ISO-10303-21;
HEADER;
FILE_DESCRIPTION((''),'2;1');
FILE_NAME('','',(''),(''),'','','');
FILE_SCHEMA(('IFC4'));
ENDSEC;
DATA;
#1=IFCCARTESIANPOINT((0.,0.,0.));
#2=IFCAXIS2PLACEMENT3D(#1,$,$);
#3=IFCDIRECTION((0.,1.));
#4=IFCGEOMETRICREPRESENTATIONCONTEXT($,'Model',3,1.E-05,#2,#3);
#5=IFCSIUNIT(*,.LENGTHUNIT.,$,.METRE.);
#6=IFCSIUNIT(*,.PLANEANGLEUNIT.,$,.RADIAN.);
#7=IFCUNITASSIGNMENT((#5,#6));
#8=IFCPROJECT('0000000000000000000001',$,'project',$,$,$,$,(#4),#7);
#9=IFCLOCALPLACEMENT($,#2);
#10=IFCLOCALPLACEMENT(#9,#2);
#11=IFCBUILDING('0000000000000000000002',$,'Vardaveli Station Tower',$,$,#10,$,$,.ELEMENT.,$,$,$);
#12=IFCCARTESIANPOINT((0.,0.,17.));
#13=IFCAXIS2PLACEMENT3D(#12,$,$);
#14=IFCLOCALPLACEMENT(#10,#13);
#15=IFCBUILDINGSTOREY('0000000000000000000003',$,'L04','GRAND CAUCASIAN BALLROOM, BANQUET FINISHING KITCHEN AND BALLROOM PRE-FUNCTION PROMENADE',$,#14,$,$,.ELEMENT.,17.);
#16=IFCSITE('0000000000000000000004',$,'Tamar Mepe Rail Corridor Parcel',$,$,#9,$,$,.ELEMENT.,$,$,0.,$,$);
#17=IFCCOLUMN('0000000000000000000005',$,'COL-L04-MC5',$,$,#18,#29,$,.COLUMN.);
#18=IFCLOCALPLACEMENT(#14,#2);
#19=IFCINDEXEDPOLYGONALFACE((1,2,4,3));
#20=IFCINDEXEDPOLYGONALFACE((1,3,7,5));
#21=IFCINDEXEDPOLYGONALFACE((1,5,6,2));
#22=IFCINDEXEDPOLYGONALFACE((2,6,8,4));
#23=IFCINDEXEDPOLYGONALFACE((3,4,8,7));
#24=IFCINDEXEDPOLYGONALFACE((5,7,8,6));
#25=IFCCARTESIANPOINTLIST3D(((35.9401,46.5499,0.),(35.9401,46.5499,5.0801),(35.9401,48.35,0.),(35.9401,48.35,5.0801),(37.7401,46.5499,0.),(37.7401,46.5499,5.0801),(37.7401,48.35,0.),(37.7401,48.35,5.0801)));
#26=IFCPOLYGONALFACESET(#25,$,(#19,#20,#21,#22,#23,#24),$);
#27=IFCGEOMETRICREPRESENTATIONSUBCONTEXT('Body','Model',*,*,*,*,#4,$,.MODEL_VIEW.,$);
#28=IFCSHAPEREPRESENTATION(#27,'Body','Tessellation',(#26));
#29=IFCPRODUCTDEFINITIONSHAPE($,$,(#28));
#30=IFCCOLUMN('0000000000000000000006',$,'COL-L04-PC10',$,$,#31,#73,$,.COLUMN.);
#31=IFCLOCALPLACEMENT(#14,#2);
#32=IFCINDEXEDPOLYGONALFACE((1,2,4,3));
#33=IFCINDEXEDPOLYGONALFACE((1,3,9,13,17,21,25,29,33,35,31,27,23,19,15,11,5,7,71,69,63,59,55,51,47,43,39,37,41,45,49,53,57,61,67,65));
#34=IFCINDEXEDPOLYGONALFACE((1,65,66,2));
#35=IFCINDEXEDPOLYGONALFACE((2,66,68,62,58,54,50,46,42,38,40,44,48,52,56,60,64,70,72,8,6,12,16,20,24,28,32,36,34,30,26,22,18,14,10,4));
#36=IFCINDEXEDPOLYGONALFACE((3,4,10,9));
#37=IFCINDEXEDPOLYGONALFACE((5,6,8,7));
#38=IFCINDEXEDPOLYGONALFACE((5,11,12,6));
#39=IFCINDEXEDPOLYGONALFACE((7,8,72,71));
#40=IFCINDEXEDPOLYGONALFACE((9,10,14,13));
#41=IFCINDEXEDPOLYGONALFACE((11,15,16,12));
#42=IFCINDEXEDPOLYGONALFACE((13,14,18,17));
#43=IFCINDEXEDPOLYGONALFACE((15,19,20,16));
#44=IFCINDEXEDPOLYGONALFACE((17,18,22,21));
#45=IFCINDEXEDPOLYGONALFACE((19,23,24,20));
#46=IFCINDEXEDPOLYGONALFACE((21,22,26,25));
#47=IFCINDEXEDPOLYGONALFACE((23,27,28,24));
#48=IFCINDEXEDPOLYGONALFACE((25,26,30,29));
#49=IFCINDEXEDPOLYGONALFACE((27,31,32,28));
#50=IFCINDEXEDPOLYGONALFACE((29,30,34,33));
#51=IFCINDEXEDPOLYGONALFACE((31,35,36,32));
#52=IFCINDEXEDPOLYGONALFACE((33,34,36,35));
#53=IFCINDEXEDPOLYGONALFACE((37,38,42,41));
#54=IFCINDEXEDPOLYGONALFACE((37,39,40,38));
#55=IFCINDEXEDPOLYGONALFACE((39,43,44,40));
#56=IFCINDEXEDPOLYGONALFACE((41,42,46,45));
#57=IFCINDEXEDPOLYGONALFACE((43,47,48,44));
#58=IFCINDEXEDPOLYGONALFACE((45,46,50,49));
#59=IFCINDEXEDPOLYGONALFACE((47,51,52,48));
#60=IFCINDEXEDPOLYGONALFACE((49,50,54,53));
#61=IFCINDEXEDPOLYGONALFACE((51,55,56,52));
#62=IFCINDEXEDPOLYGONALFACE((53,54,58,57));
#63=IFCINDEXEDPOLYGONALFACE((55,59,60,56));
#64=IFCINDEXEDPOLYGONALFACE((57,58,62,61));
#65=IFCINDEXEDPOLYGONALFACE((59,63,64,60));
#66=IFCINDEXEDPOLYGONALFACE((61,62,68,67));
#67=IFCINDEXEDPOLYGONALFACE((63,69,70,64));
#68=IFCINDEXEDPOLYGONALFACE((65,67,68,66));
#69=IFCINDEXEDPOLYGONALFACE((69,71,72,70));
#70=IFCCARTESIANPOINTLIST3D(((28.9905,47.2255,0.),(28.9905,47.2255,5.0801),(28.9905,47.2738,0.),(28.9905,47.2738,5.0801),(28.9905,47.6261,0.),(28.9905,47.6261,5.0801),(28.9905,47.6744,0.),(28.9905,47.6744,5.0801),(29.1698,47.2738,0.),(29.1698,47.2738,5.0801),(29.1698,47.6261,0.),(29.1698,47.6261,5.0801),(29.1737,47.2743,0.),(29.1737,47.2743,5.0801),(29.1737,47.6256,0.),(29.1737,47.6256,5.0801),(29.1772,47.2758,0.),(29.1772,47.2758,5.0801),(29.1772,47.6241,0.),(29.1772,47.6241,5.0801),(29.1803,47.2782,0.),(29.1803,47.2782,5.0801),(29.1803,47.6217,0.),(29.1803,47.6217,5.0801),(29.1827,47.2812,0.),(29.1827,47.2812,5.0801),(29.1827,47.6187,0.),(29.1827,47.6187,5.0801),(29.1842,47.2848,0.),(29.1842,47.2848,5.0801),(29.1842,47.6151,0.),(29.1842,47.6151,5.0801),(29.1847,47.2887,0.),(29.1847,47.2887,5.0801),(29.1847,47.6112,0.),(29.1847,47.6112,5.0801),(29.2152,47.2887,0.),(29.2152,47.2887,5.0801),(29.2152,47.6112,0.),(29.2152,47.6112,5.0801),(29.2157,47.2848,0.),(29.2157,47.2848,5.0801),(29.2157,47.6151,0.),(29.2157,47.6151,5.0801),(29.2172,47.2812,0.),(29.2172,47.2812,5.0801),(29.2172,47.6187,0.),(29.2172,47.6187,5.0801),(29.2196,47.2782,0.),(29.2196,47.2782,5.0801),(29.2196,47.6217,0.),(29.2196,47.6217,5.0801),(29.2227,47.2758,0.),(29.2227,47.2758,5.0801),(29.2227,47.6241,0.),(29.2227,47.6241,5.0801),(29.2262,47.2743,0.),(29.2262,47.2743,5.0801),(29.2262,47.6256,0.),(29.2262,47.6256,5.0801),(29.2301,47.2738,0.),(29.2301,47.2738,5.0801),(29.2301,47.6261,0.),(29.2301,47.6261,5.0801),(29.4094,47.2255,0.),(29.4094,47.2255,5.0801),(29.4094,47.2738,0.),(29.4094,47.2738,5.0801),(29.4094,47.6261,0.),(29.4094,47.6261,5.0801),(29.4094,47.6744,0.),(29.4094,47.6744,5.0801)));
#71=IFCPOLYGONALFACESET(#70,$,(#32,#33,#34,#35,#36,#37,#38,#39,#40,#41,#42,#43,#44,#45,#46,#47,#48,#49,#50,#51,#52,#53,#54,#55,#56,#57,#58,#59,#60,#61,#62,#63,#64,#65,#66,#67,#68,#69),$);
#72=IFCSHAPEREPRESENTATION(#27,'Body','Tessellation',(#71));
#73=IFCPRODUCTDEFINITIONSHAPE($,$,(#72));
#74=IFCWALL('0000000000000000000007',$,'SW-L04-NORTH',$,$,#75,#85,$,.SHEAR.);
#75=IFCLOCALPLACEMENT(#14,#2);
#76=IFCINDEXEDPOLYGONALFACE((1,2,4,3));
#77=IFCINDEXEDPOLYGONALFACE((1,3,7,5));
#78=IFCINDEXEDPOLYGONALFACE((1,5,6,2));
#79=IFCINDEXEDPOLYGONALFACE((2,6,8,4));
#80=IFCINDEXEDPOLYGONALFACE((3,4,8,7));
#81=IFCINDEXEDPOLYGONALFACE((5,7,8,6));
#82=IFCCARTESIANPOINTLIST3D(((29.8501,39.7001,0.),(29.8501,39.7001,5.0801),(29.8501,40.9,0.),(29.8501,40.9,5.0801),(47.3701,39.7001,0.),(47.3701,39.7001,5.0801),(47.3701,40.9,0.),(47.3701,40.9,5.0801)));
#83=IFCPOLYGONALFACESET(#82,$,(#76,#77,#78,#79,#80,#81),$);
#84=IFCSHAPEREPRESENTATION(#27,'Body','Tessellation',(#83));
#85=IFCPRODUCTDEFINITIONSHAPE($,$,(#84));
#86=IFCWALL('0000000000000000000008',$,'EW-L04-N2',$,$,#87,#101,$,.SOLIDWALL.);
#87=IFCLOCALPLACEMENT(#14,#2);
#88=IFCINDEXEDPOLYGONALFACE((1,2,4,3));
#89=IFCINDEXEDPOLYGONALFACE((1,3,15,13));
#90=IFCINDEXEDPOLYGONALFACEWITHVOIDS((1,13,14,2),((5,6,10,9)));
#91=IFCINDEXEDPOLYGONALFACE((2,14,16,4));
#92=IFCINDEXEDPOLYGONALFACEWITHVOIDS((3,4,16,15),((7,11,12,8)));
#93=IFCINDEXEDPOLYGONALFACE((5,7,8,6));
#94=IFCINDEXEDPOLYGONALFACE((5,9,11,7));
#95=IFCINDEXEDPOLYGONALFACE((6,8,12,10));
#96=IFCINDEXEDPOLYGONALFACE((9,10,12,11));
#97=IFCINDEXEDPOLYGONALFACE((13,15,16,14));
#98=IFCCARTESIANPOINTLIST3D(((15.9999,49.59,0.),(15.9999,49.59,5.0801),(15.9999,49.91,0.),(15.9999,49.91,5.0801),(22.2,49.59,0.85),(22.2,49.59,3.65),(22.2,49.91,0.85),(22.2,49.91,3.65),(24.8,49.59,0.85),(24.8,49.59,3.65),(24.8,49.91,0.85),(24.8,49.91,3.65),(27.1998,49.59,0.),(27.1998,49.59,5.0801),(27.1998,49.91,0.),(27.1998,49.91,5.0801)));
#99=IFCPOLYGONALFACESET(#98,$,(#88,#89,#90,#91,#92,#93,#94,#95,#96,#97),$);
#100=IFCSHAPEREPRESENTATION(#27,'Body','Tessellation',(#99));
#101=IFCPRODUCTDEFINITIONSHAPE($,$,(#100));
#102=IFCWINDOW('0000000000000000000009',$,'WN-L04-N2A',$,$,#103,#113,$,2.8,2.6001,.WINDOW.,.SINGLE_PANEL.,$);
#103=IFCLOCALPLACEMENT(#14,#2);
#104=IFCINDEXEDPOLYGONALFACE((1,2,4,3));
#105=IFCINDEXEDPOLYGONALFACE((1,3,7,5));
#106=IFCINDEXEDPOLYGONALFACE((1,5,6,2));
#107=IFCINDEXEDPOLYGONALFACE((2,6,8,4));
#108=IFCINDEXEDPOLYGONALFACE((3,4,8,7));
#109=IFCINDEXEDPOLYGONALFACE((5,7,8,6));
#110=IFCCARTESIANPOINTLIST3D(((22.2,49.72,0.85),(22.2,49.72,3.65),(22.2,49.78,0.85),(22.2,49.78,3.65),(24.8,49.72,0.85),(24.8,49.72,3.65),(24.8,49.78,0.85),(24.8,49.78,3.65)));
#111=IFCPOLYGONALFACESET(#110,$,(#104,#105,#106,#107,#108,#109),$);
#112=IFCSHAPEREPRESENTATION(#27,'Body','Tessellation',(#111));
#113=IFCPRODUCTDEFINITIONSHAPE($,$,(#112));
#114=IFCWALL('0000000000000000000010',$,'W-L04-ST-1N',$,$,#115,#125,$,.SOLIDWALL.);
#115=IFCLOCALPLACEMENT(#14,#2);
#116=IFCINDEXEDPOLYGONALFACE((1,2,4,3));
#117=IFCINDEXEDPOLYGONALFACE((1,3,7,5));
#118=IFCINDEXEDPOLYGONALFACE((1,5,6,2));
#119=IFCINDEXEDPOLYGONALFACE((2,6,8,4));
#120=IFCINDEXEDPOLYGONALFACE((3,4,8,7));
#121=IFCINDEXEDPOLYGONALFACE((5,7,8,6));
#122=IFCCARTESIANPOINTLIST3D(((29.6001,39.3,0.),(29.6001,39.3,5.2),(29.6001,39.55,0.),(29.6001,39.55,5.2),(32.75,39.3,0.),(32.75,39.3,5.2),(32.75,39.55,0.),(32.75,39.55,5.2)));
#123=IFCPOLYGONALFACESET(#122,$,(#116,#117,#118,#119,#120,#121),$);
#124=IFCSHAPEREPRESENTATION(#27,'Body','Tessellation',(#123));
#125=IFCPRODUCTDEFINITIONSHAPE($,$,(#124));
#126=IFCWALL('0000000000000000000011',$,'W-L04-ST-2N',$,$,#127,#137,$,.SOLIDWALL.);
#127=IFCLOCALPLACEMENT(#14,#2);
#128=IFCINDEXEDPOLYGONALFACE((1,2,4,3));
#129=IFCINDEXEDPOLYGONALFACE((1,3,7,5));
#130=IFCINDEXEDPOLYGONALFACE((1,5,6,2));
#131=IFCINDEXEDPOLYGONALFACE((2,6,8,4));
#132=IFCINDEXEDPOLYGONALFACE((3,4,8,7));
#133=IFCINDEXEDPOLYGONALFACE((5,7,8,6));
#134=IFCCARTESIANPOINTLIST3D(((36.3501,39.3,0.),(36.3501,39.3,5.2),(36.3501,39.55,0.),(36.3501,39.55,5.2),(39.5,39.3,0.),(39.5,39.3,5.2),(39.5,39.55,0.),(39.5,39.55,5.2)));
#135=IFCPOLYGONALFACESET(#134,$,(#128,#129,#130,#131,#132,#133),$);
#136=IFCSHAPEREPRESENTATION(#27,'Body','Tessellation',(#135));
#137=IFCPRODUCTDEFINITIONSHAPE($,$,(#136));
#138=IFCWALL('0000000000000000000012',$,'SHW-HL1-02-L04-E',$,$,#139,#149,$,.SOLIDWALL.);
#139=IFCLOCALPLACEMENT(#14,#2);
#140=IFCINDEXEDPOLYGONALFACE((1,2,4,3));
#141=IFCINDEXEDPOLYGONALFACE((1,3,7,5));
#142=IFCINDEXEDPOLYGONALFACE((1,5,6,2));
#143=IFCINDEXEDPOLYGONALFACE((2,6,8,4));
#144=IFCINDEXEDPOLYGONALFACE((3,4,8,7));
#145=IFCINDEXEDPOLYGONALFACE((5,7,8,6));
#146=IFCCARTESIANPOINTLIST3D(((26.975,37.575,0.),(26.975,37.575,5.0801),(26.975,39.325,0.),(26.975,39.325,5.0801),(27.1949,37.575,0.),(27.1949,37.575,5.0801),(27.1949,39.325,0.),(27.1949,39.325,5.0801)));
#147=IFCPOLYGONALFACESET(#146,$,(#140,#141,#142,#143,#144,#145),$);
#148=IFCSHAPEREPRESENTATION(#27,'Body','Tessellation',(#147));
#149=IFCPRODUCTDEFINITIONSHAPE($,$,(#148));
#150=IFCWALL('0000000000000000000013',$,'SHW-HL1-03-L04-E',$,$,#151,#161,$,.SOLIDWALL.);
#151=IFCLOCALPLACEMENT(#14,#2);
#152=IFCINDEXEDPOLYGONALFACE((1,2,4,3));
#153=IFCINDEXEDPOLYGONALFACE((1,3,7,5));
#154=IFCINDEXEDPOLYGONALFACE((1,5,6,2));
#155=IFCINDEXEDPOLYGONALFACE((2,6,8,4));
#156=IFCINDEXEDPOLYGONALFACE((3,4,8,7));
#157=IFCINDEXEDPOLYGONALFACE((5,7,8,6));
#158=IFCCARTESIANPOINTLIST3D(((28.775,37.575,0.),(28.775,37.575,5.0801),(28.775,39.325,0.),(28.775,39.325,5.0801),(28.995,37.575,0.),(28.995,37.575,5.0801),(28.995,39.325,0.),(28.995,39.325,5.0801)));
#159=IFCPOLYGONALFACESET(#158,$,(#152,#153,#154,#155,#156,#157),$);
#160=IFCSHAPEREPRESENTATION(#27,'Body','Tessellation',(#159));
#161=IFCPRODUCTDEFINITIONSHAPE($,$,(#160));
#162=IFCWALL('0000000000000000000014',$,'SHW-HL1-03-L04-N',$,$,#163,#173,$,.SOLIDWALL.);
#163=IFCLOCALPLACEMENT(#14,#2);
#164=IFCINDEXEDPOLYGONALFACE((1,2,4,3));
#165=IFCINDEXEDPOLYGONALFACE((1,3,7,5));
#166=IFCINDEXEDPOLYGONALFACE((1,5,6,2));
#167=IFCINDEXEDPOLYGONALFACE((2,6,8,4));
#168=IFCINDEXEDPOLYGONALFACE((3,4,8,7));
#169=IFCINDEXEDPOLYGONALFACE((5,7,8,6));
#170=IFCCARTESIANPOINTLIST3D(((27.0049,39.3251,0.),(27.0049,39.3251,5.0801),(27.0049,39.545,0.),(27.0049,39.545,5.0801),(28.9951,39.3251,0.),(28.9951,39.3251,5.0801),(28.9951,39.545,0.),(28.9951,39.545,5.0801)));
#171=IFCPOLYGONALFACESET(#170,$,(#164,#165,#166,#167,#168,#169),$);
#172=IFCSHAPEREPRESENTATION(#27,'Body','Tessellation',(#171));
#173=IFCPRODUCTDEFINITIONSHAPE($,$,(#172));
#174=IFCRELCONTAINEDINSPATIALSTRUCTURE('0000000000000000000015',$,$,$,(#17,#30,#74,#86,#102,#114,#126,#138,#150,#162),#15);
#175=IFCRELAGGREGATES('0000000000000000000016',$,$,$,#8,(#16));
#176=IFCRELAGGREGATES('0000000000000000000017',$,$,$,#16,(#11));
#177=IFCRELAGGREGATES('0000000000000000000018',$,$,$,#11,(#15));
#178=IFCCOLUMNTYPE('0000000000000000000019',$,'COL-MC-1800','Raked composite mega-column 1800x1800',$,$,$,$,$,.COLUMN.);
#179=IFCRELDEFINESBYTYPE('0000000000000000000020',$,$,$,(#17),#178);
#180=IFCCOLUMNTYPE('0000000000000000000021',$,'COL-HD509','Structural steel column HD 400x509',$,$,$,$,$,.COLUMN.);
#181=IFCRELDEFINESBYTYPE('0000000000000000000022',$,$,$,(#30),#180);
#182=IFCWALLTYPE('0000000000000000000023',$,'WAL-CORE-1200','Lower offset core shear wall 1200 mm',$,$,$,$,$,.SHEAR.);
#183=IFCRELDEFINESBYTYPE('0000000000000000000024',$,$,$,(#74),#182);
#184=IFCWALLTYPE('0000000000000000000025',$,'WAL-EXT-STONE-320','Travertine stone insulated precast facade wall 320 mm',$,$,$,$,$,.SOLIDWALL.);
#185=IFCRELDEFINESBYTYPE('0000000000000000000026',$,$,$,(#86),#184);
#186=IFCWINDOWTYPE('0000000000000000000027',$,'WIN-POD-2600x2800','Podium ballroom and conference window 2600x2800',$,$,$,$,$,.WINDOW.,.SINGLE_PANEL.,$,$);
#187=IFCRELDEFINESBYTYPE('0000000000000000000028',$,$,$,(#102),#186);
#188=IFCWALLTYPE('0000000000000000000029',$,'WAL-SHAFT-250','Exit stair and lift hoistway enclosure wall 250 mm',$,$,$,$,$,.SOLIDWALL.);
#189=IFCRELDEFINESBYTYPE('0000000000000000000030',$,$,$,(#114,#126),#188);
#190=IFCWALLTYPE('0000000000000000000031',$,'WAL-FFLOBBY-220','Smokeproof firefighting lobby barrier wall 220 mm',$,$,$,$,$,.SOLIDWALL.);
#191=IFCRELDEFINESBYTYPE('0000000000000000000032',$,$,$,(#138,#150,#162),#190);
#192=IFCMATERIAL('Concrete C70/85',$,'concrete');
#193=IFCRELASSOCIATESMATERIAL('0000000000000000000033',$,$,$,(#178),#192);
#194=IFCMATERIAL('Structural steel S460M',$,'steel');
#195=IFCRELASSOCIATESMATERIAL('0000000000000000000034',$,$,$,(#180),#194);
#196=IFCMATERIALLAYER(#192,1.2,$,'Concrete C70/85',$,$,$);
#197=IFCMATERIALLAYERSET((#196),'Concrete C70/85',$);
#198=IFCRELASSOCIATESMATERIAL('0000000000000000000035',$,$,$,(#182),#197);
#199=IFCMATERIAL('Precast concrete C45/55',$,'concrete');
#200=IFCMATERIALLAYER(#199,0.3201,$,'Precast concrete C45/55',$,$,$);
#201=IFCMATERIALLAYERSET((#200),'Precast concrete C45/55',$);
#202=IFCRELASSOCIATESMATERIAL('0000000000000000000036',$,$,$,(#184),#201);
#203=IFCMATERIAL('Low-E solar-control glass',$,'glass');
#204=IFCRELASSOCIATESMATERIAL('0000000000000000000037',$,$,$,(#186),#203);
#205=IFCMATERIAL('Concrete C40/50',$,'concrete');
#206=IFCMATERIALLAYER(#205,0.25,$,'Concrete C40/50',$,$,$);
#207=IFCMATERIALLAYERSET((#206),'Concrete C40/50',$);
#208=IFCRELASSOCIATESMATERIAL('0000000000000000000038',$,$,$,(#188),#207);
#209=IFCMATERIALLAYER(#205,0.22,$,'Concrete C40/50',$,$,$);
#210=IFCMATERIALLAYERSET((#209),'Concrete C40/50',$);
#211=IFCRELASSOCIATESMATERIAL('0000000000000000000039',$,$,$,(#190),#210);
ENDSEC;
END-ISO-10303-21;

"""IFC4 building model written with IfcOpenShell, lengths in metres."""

from ifc_helpers import new_model, si_unit, direction, frame, frame_2d, origin, origin_2d, place, context, subcontext, project, spatial, rectangle, i_section, extrude, source, transform, mapped, material, layer, layer_set, material_profile, profile_set, type_object, element, fill, save


model = new_model("IFC4")

# Units and contexts
model_context = context("Model", 3, precision=1e-05, world=origin(), true_north=direction((0.0, 1.0)))
body_context = subcontext(model_context, "Body", "Model", "MODEL_VIEW")
ifc_project = project(units=[si_unit("LENGTHUNIT", "METRE"), si_unit("PLANEANGLEUNIT", "RADIAN")], contexts=[model_context])

# Site, building, storey
site_placement = place(None, origin())
site = spatial("IfcSite", under=ifc_project, at=site_placement, Name="Tamar Mepe Rail Corridor Parcel", CompositionType="ELEMENT", RefElevation=0.0)
building_placement = place(site_placement, origin())
building = spatial("IfcBuilding", under=site, at=building_placement, Name="Vardaveli Station Tower", CompositionType="ELEMENT")
storey_placement = place(building_placement, frame((0.0, 0.0, 17.0)))
storey = spatial("IfcBuildingStorey", under=building, at=storey_placement, Name="L04", Description="GRAND CAUCASIAN BALLROOM, BANQUET FINISHING KITCHEN AND BALLROOM PRE-FUNCTION PROMENADE", CompositionType="ELEMENT", Elevation=17.0)

# Columns
ifc_material_1 = material(Name="Concrete C70/85", Category="concrete")
ifc_material_profile_1 = material_profile(ifc_material_1, rectangle(XDim=1.8, YDim=1.8, at=origin_2d()), Name="MC 1800x1800")
ifc_profile_set_1 = profile_set([ifc_material_profile_1], Name="Concrete C70/85")
column_type_1 = type_object("IfcColumnType", Name="COL-MC-1800", Description="Raked composite mega-column 1800x1800", PredefinedType="COLUMN", material=ifc_profile_set_1)
shared_shape_1 = source(origin(), body_context, "Body", "SweptSolid", [
    extrude(rectangle(XDim=1.8, YDim=1.8, at=origin_2d()), origin(), (0.0, 0.0, 1.0), 5.0801),
])
column_1_placement = place(storey_placement, frame((36.8401, 47.45, 0.0), z_axis=(0.0, 0.0, 1.0), x_axis=(1.0, 0.0, 0.0)))
element("IfcColumn", 1, at=column_1_placement, inside=storey, type_object=column_type_1, Name="COL-L04-MC5", PredefinedType="COLUMN", context=body_context, shape_type="MappedRepresentation", body=[
    mapped(shared_shape_1, transform((0.0, 0.0, 0.0), scale=1.0)),
])
ifc_material_2 = material(Name="Structural steel S460M", Category="steel")
ifc_material_profile_2 = material_profile(ifc_material_2, i_section(OverallWidth=0.4189, OverallDepth=0.449, WebThickness=0.0305, FlangeThickness=0.0483, FilletRadius=0.0149, at=origin_2d()), Name="HD 400x509")
ifc_profile_set_2 = profile_set([ifc_material_profile_2], Name="Structural steel S460M")
column_type_2 = type_object("IfcColumnType", Name="COL-HD509", Description="Structural steel column HD 400x509", PredefinedType="COLUMN", material=ifc_profile_set_2)
shared_shape_2 = source(origin(), body_context, "Body", "SweptSolid", [
    extrude(i_section(OverallWidth=0.4189, OverallDepth=0.449, WebThickness=0.0305, FlangeThickness=0.0483, FilletRadius=0.0149, at=origin_2d()), origin(), (0.0, 0.0, 1.0), 5.0801),
])
column_2_placement = place(storey_placement, frame((29.2, 47.45, 0.0), z_axis=(0.0, 0.0, 1.0), x_axis=(1.0, 0.0, 0.0)))
element("IfcColumn", 2, at=column_2_placement, inside=storey, type_object=column_type_2, Name="COL-L04-PC10", PredefinedType="COLUMN", context=body_context, shape_type="MappedRepresentation", body=[
    mapped(shared_shape_2, transform((0.0, 0.0, 0.0), scale=1.0)),
])

# Wall
ifc_layer_1 = layer(ifc_material_1, 1.2, Name="Concrete C70/85")
ifc_layer_set_1 = layer_set([ifc_layer_1], Name="Concrete C70/85")
wall_type_1 = type_object("IfcWallType", Name="WAL-CORE-1200", Description="Lower offset core shear wall 1200 mm", PredefinedType="SHEAR", material=ifc_layer_set_1)
shared_shape_3 = source(origin(), body_context, "Body", "SweptSolid", [
    extrude(rectangle(XDim=17.52, YDim=1.2, at=frame_2d((8.76, 0.0))), origin(), (0.0, 0.0, 1.0), 5.0801),
])
wall_1_placement = place(storey_placement, frame((29.8501, 40.3, 0.0), z_axis=(0.0, 0.0, 1.0), x_axis=(1.0, 0.0, 0.0)))
element("IfcWall", 3, at=wall_1_placement, inside=storey, type_object=wall_type_1, Name="SW-L04-NORTH", PredefinedType="SHEAR", context=body_context, shape_type="MappedRepresentation", body=[
    mapped(shared_shape_3, transform((0.0, 0.0, 0.0), scale=1.0)),
])

# Wall, opening, window
ifc_material_3 = material(Name="Precast concrete C45/55", Category="concrete")
ifc_layer_2 = layer(ifc_material_3, 0.3201, Name="Precast concrete C45/55")
ifc_layer_set_2 = layer_set([ifc_layer_2], Name="Precast concrete C45/55")
wall_type_2 = type_object("IfcWallType", Name="WAL-EXT-STONE-320", Description="Travertine stone insulated precast facade wall 320 mm", PredefinedType="SOLIDWALL", material=ifc_layer_set_2)
shared_shape_4 = source(origin(), body_context, "Body", "SweptSolid", [
    extrude(rectangle(XDim=11.2, YDim=0.3201, at=frame_2d((5.6001, 0.0))), origin(), (0.0, 0.0, 1.0), 5.0801),
])
wall_2_placement = place(storey_placement, frame((27.2, 49.75, 0.0), z_axis=(0.0, 0.0, 1.0), x_axis=(-1.0, 0.0, 0.0)))
wall_2 = element("IfcWall", 4, at=wall_2_placement, inside=storey, type_object=wall_type_2, Name="EW-L04-N2", PredefinedType="SOLIDWALL", context=body_context, shape_type="MappedRepresentation", body=[
    mapped(shared_shape_4, transform((0.0, 0.0, 0.0), scale=1.0)),
])
shared_shape_5 = source(origin(), body_context, "Body", "SweptSolid", [
    extrude(rectangle(XDim=2.6001, YDim=2.8, at=frame_2d((1.3, 1.3999))), frame((0.0, 0.1699, 0.0), z_axis=(0.0, -1.0, 0.0), x_axis=(1.0, 0.0, 0.0)), (0.0, 0.0, 1.0), 0.3401),
])
opening_1_placement = place(wall_2_placement, frame((2.3999, 0.0, 0.8501)))
opening_1 = element("IfcOpeningElement", 5, at=opening_1_placement, cuts=wall_2, PredefinedType="OPENING", context=body_context, shape_type="MappedRepresentation", body=[
    mapped(shared_shape_5, transform((0.0, 0.0, 0.0), scale=1.0)),
])
ifc_material_4 = material(Name="Low-E solar-control glass", Category="glass")
window_type = type_object("IfcWindowType", Name="WIN-POD-2600x2800", Description="Podium ballroom and conference window 2600x2800", PartitioningType="SINGLE_PANEL", PredefinedType="WINDOW", material=ifc_material_4)
shared_shape_6 = source(origin(), body_context, "Body", "SweptSolid", [
    extrude(rectangle(XDim=2.6001, YDim=2.8, at=frame_2d((1.3, 1.3999))), frame((0.0, 0.03, 0.0), z_axis=(0.0, -1.0, 0.0), x_axis=(1.0, 0.0, 0.0)), (0.0, 0.0, 1.0), 0.0601),
])
window_placement = place(opening_1_placement, origin())
window = element("IfcWindow", 6, at=window_placement, inside=storey, type_object=window_type, Name="WN-L04-N2A", OverallHeight=2.8, OverallWidth=2.6001, PartitioningType="SINGLE_PANEL", PredefinedType="WINDOW", context=body_context, shape_type="MappedRepresentation", body=[
    mapped(shared_shape_6, transform((0.0, 0.0, 0.0), scale=1.0)),
])
fill(opening_1, window)

# Walls
ifc_material_5 = material(Name="Concrete C40/50", Category="concrete")
ifc_layer_3 = layer(ifc_material_5, 0.25, Name="Concrete C40/50")
ifc_layer_set_3 = layer_set([ifc_layer_3], Name="Concrete C40/50")
wall_type_3 = type_object("IfcWallType", Name="WAL-SHAFT-250", Description="Exit stair and lift hoistway enclosure wall 250 mm", PredefinedType="SOLIDWALL", material=ifc_layer_set_3)
shared_shape_7 = source(origin(), body_context, "Body", "SweptSolid", [
    extrude(rectangle(XDim=3.1499, YDim=0.25, at=frame_2d((1.575, 0.0))), origin(), (0.0, 0.0, 1.0), 5.2),
])
for number, where, z_axis, x_axis, name in (
    (7, (29.6001, 39.425, 0.0), (0.0, 0.0, 1.0), (1.0, 0.0, 0.0), "W-L04-ST-1N"),
    (8, (36.3501, 39.425, 0.0), (0.0, 0.0, 1.0), (1.0, 0.0, 0.0), "W-L04-ST-2N"),
):
    element("IfcWall", number, at=place(storey_placement, frame(where, z_axis=z_axis, x_axis=x_axis)), inside=storey, type_object=wall_type_3, Name=name, PredefinedType="SOLIDWALL", context=body_context, shape_type="MappedRepresentation", body=[
        mapped(shared_shape_7, transform((0.0, 0.0, 0.0), scale=1.0)),
    ])
ifc_layer_4 = layer(ifc_material_5, 0.22, Name="Concrete C40/50")
ifc_layer_set_4 = layer_set([ifc_layer_4], Name="Concrete C40/50")
wall_type_4 = type_object("IfcWallType", Name="WAL-FFLOBBY-220", Description="Smokeproof firefighting lobby barrier wall 220 mm", PredefinedType="SOLIDWALL", material=ifc_layer_set_4)
shared_shape_8 = source(origin(), body_context, "Body", "SweptSolid", [
    extrude(rectangle(XDim=1.75, YDim=0.22, at=frame_2d((0.875, 0.0))), origin(), (0.0, 0.0, 1.0), 5.0801),
])
for number, where, z_axis, x_axis, name in (
    (9, (27.085, 37.575, 0.0), (0.0, 0.0, 1.0), (0.0, 1.0, 0.0), "SHW-HL1-02-L04-E"),
    (10, (28.885, 37.575, 0.0), (0.0, 0.0, 1.0), (0.0, 1.0, 0.0), "SHW-HL1-03-L04-E"),
):
    element("IfcWall", number, at=place(storey_placement, frame(where, z_axis=z_axis, x_axis=x_axis)), inside=storey, type_object=wall_type_4, Name=name, PredefinedType="SOLIDWALL", context=body_context, shape_type="MappedRepresentation", body=[
        mapped(shared_shape_8, transform((0.0, 0.0, 0.0), scale=1.0)),
    ])
shared_shape_9 = source(origin(), body_context, "Body", "SweptSolid", [
    extrude(rectangle(XDim=1.9902, YDim=0.22, at=frame_2d((0.9951, 0.0))), origin(), (0.0, 0.0, 1.0), 5.0801),
])
wall_3_placement = place(storey_placement, frame((27.0049, 39.4351, 0.0), z_axis=(0.0, 0.0, 1.0), x_axis=(1.0, 0.0, 0.0)))
element("IfcWall", 11, at=wall_3_placement, inside=storey, type_object=wall_type_4, Name="SHW-HL1-03-L04-N", PredefinedType="SOLIDWALL", context=body_context, shape_type="MappedRepresentation", body=[
    mapped(shared_shape_9, transform((0.0, 0.0, 0.0), scale=1.0)),
])

save(model, "model.ifc")
